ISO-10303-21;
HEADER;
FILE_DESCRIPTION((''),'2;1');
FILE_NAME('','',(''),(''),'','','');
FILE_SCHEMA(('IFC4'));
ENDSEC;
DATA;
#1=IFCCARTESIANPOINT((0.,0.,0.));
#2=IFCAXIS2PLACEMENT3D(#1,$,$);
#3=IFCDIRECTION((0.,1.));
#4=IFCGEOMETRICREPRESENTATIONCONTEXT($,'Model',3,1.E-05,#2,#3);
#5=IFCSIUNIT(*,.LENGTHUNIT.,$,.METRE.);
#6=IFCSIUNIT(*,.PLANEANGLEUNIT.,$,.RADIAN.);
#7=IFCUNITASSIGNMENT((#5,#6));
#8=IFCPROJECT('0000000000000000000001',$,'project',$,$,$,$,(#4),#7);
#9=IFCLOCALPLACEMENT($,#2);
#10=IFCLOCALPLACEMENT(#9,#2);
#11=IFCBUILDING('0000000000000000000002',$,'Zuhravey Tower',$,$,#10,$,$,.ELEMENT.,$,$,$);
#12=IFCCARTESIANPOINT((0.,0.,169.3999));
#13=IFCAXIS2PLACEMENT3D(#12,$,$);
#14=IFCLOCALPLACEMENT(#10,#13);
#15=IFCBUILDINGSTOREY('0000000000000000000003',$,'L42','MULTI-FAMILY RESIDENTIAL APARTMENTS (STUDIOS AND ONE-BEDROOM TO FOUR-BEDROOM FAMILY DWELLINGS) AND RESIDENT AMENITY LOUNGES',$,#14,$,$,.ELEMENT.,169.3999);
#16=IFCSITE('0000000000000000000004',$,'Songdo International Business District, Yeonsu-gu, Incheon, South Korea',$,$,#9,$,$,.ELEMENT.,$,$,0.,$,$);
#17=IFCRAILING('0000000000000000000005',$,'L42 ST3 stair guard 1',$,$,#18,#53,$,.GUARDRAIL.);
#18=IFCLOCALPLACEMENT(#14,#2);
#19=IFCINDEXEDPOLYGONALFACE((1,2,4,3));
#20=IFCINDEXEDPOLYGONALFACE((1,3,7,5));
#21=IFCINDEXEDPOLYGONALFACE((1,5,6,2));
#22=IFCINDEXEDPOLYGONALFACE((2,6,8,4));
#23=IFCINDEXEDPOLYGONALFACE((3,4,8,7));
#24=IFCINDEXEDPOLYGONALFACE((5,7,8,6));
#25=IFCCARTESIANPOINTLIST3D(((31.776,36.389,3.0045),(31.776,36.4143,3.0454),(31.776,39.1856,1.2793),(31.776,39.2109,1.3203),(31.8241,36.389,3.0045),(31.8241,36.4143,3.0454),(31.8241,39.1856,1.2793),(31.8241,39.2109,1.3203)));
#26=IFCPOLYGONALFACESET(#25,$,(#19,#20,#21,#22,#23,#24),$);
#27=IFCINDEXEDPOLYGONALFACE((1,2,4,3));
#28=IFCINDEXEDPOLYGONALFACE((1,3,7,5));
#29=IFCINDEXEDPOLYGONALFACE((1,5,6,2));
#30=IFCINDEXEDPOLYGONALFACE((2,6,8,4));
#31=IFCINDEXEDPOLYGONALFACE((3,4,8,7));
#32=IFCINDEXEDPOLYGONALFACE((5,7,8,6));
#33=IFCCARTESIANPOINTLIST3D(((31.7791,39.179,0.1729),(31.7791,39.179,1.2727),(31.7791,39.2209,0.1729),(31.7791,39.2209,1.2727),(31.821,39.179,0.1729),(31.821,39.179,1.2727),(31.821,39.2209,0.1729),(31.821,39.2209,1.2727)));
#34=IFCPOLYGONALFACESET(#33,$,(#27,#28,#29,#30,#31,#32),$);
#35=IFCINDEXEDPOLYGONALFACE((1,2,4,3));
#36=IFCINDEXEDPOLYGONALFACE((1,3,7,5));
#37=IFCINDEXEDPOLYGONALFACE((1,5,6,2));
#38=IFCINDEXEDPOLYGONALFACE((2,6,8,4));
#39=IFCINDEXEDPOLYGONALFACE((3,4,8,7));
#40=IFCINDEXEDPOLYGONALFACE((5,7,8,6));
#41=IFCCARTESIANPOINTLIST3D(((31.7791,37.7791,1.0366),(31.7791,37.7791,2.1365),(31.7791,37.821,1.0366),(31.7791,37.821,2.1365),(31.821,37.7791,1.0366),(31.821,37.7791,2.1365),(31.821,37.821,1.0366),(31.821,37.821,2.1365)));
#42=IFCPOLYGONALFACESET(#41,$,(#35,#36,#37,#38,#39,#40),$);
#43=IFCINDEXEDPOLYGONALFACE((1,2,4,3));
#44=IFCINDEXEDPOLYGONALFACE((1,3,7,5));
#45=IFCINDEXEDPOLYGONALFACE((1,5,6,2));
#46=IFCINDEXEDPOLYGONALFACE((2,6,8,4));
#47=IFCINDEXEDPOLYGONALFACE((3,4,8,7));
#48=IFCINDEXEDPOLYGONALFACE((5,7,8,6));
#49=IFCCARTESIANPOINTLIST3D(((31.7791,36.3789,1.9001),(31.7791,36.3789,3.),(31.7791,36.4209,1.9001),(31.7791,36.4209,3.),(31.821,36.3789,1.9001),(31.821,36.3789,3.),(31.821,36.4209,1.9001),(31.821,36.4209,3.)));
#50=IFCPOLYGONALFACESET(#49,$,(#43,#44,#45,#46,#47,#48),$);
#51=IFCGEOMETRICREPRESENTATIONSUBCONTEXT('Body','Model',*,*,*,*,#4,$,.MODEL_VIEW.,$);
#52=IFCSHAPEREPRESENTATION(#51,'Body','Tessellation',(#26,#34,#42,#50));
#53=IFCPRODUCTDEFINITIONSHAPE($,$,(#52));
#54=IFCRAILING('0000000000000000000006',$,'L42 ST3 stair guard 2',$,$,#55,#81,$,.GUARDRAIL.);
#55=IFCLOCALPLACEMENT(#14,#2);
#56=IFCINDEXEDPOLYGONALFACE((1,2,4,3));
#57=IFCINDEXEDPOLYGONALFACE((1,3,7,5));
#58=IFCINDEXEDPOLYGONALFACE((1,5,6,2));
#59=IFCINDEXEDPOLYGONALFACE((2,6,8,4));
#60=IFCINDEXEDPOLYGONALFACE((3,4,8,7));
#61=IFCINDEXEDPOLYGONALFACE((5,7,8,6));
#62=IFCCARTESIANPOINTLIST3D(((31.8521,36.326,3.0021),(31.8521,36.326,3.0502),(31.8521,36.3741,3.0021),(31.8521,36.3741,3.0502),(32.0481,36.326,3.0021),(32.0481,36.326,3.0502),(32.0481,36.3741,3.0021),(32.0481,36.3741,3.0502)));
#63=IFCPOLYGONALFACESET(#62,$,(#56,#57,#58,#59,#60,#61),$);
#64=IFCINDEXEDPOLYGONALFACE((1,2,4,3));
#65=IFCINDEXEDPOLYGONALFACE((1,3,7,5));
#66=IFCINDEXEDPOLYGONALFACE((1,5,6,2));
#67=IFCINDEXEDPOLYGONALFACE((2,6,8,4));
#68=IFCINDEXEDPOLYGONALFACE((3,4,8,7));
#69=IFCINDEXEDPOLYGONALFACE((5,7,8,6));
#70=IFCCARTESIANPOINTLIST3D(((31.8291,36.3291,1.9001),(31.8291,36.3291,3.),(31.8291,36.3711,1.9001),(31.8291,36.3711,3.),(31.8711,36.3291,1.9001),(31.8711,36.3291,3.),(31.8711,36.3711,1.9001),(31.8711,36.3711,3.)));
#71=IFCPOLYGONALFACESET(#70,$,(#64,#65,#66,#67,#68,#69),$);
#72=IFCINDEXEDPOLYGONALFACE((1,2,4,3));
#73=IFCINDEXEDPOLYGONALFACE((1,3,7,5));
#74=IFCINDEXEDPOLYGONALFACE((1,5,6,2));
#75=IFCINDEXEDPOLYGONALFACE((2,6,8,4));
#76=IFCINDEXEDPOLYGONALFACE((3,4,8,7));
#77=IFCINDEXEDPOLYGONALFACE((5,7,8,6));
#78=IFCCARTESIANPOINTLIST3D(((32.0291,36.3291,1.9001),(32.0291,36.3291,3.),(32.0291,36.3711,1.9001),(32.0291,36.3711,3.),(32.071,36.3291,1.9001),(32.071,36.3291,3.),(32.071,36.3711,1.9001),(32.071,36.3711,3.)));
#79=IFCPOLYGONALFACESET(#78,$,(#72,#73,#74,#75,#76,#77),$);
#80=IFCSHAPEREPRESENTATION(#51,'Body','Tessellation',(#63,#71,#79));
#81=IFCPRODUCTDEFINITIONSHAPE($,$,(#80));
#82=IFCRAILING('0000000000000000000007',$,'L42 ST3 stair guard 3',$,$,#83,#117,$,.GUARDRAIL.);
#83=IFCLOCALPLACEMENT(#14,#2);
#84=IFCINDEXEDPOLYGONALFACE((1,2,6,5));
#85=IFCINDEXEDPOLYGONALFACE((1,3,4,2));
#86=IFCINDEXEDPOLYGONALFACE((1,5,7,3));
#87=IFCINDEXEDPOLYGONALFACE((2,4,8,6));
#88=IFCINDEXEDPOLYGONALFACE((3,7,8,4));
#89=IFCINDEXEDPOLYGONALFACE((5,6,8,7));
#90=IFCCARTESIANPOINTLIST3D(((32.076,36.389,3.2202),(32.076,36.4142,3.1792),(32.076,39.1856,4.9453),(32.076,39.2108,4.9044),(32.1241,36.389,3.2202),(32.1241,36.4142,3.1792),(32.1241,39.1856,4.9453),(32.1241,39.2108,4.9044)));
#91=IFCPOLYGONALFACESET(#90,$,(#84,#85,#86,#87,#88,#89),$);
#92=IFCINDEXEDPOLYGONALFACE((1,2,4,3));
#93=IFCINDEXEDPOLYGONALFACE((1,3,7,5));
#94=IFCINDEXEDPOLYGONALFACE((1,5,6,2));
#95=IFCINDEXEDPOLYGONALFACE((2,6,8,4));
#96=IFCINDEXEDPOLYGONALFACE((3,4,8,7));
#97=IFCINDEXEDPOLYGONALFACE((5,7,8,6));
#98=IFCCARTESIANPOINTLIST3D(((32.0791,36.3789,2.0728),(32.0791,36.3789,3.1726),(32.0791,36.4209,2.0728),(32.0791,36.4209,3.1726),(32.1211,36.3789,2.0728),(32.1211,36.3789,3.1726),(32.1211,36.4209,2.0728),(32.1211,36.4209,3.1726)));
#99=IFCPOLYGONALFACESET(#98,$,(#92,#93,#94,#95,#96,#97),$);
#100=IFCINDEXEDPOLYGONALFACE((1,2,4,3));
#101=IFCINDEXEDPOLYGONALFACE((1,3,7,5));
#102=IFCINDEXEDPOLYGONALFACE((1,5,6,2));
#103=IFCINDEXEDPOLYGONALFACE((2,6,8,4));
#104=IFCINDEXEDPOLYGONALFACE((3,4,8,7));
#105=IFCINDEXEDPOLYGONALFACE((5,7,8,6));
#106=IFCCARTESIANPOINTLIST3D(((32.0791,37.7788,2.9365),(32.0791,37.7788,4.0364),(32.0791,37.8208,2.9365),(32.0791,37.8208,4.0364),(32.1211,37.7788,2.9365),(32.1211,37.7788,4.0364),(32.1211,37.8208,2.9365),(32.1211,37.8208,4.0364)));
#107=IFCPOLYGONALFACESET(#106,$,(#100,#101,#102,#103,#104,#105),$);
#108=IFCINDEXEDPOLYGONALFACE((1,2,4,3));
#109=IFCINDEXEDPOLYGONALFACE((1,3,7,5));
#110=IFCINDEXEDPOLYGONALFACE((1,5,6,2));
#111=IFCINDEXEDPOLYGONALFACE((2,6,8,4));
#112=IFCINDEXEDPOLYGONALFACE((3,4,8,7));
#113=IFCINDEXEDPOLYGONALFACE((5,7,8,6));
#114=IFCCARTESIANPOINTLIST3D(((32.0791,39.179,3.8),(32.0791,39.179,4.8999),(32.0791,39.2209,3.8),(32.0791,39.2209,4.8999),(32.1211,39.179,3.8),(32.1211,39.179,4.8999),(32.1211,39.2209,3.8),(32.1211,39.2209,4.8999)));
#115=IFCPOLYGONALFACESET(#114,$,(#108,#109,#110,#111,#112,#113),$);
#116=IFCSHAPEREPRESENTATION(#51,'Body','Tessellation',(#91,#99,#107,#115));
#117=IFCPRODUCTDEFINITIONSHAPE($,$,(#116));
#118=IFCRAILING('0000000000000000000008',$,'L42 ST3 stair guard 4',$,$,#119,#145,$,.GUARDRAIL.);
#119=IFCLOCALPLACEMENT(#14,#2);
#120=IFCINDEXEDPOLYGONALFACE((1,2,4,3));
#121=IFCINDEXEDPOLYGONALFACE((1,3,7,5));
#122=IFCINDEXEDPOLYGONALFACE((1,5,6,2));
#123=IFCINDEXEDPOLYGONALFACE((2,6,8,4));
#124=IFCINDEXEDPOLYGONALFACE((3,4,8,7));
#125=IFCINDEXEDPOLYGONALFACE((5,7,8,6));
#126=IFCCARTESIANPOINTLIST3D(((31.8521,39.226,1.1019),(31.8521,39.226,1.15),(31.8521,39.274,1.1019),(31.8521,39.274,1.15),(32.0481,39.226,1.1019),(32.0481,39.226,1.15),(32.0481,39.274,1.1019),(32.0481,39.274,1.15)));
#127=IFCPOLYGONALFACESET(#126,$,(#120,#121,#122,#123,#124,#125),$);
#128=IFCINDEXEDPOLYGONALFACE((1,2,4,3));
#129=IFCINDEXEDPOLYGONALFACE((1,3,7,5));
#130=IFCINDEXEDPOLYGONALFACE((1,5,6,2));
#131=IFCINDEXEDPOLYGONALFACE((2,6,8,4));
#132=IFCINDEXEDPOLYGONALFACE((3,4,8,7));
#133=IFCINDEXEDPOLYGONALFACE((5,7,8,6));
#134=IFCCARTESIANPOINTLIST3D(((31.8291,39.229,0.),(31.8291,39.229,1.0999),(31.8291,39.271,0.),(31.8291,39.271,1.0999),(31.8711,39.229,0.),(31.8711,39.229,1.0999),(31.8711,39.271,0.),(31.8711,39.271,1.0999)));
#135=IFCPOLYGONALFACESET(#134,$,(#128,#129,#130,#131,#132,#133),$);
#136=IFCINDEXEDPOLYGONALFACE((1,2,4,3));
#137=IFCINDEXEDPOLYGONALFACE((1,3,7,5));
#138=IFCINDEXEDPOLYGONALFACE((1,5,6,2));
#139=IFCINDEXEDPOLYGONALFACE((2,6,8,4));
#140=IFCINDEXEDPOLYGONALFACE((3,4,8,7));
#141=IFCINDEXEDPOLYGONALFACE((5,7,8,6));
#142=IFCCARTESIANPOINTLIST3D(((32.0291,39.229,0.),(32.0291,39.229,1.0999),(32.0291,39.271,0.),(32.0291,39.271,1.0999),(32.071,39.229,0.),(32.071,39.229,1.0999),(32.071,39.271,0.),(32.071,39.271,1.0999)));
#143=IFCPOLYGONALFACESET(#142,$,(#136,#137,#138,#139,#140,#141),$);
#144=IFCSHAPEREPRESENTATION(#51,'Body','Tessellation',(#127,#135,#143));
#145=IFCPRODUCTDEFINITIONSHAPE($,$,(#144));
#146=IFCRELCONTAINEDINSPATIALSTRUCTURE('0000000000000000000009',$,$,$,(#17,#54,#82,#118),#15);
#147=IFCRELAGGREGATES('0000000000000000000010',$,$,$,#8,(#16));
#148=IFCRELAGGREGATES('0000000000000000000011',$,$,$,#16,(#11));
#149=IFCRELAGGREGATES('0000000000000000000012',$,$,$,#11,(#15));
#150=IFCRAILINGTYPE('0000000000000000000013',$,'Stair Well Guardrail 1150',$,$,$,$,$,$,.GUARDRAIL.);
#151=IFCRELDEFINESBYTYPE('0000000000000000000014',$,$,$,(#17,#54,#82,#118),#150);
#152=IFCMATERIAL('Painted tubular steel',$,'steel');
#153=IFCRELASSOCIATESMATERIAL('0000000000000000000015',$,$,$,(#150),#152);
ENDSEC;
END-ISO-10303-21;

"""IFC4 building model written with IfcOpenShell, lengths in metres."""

from ifc_helpers import new_model, si_unit, direction, frame, origin, origin_2d, place, context, subcontext, project, spatial, rectangle, extrude, material, type_object, element, save


model = new_model("IFC4")

# Units and contexts
model_context = context("Model", 3, precision=1e-05, world=origin(), true_north=direction((0.0, 1.0)))
body_context = subcontext(model_context, "Body", "Model", "MODEL_VIEW")
ifc_project = project(units=[si_unit("LENGTHUNIT", "METRE"), si_unit("PLANEANGLEUNIT", "RADIAN")], contexts=[model_context])

# Site, building, storey
site_placement = place(None, origin())
site = spatial("IfcSite", under=ifc_project, at=site_placement, Name="Songdo International Business District, Yeonsu-gu, Incheon, South Korea", CompositionType="ELEMENT", RefElevation=0.0)
building_placement = place(site_placement, origin())
building = spatial("IfcBuilding", under=site, at=building_placement, Name="Zuhravey Tower", CompositionType="ELEMENT")
storey_placement = place(building_placement, frame((0.0, 0.0, 169.3999)))
storey = spatial("IfcBuildingStorey", under=building, at=storey_placement, Name="L42", Description="MULTI-FAMILY RESIDENTIAL APARTMENTS (STUDIOS AND ONE-BEDROOM TO FOUR-BEDROOM FAMILY DWELLINGS) AND RESIDENT AMENITY LOUNGES", CompositionType="ELEMENT", Elevation=169.3999)

# Railings
ifc_material_1 = material(Name="Painted tubular steel", Category="steel")
railing_type_1 = type_object("IfcRailingType", Name="Stair Well Guardrail 1150", PredefinedType="GUARDRAIL", material=ifc_material_1)
railing_1_placement = place(storey_placement, frame((31.8, 39.2, 0.1729)))
element("IfcRailing", 1, at=railing_1_placement, inside=storey, type_object=railing_type_1, Name="L42 ST3 stair guard 1", PredefinedType="GUARDRAIL", context=body_context, shape_type="SweptSolid", body=[
    extrude(rectangle(XDim=0.0481, YDim=0.0481, at=origin_2d()), frame((0.0, -0.0017, 1.127), z_axis=(0.0, -0.85109, 0.52502), x_axis=(1.0, 0.0, 0.0)), (0.0, 0.0, 1.0), 3.2859),
    extrude(rectangle(XDim=0.042, YDim=0.042, at=origin_2d()), origin(), (0.0, 0.0, 1.0), 1.0999),
    extrude(rectangle(XDim=0.042, YDim=0.042, at=origin_2d()), frame((0.0, -1.3999, 0.8638)), (0.0, 0.0, 1.0), 1.0999),
    extrude(rectangle(XDim=0.042, YDim=0.042, at=origin_2d()), frame((0.0, -2.8, 1.7273)), (0.0, 0.0, 1.0), 1.0999),
])
railing_2_placement = place(storey_placement, frame((31.8501, 36.3501, 1.9001)))
element("IfcRailing", 2, at=railing_2_placement, inside=storey, type_object=railing_type_1, Name="L42 ST3 stair guard 2", PredefinedType="GUARDRAIL", context=body_context, shape_type="SweptSolid", body=[
    extrude(rectangle(XDim=0.0481, YDim=0.0481, at=origin_2d()), frame((0.002, 0.0, 1.126), z_axis=(1.0, 0.0, 0.0), x_axis=(0.0, 1.0, 0.0)), (0.0, 0.0, 1.0), 0.196),
    extrude(rectangle(XDim=0.042, YDim=0.042, at=origin_2d()), origin(), (0.0, 0.0, 1.0), 1.0999),
    extrude(rectangle(XDim=0.042, YDim=0.042, at=origin_2d()), frame((0.2, 0.0, 0.0)), (0.0, 0.0, 1.0), 1.0999),
])
railing_3_placement = place(storey_placement, frame((32.1001, 36.3999, 2.0728)))
element("IfcRailing", 3, at=railing_3_placement, inside=storey, type_object=railing_type_1, Name="L42 ST3 stair guard 3", PredefinedType="GUARDRAIL", context=body_context, shape_type="SweptSolid", body=[
    extrude(rectangle(XDim=0.0481, YDim=0.0481, at=origin_2d()), frame((0.0, 0.0017, 1.127), z_axis=(0.0, 0.85109, 0.52502), x_axis=(-1.0, 0.0, 0.0)), (0.0, 0.0, 1.0), 3.2859),
    extrude(rectangle(XDim=0.042, YDim=0.042, at=origin_2d()), origin(), (0.0, 0.0, 1.0), 1.0999),
    extrude(rectangle(XDim=0.042, YDim=0.042, at=origin_2d()), frame((0.0, 1.3999, 0.8638)), (0.0, 0.0, 1.0), 1.0999),
    extrude(rectangle(XDim=0.042, YDim=0.042, at=origin_2d()), frame((0.0, 2.8, 1.7273)), (0.0, 0.0, 1.0), 1.0999),
])
railing_4_placement = place(storey_placement, frame((31.8501, 39.25, 0.0)))
element("IfcRailing", 4, at=railing_4_placement, inside=storey, type_object=railing_type_1, Name="L42 ST3 stair guard 4", PredefinedType="GUARDRAIL", context=body_context, shape_type="SweptSolid", body=[
    extrude(rectangle(XDim=0.0481, YDim=0.0481, at=origin_2d()), frame((0.002, 0.0, 1.126), z_axis=(1.0, 0.0, 0.0), x_axis=(0.0, 1.0, 0.0)), (0.0, 0.0, 1.0), 0.196),
    extrude(rectangle(XDim=0.042, YDim=0.042, at=origin_2d()), origin(), (0.0, 0.0, 1.0), 1.0999),
    extrude(rectangle(XDim=0.042, YDim=0.042, at=origin_2d()), frame((0.2, 0.0, 0.0)), (0.0, 0.0, 1.0), 1.0999),
])

save(model, "model.ifc")
